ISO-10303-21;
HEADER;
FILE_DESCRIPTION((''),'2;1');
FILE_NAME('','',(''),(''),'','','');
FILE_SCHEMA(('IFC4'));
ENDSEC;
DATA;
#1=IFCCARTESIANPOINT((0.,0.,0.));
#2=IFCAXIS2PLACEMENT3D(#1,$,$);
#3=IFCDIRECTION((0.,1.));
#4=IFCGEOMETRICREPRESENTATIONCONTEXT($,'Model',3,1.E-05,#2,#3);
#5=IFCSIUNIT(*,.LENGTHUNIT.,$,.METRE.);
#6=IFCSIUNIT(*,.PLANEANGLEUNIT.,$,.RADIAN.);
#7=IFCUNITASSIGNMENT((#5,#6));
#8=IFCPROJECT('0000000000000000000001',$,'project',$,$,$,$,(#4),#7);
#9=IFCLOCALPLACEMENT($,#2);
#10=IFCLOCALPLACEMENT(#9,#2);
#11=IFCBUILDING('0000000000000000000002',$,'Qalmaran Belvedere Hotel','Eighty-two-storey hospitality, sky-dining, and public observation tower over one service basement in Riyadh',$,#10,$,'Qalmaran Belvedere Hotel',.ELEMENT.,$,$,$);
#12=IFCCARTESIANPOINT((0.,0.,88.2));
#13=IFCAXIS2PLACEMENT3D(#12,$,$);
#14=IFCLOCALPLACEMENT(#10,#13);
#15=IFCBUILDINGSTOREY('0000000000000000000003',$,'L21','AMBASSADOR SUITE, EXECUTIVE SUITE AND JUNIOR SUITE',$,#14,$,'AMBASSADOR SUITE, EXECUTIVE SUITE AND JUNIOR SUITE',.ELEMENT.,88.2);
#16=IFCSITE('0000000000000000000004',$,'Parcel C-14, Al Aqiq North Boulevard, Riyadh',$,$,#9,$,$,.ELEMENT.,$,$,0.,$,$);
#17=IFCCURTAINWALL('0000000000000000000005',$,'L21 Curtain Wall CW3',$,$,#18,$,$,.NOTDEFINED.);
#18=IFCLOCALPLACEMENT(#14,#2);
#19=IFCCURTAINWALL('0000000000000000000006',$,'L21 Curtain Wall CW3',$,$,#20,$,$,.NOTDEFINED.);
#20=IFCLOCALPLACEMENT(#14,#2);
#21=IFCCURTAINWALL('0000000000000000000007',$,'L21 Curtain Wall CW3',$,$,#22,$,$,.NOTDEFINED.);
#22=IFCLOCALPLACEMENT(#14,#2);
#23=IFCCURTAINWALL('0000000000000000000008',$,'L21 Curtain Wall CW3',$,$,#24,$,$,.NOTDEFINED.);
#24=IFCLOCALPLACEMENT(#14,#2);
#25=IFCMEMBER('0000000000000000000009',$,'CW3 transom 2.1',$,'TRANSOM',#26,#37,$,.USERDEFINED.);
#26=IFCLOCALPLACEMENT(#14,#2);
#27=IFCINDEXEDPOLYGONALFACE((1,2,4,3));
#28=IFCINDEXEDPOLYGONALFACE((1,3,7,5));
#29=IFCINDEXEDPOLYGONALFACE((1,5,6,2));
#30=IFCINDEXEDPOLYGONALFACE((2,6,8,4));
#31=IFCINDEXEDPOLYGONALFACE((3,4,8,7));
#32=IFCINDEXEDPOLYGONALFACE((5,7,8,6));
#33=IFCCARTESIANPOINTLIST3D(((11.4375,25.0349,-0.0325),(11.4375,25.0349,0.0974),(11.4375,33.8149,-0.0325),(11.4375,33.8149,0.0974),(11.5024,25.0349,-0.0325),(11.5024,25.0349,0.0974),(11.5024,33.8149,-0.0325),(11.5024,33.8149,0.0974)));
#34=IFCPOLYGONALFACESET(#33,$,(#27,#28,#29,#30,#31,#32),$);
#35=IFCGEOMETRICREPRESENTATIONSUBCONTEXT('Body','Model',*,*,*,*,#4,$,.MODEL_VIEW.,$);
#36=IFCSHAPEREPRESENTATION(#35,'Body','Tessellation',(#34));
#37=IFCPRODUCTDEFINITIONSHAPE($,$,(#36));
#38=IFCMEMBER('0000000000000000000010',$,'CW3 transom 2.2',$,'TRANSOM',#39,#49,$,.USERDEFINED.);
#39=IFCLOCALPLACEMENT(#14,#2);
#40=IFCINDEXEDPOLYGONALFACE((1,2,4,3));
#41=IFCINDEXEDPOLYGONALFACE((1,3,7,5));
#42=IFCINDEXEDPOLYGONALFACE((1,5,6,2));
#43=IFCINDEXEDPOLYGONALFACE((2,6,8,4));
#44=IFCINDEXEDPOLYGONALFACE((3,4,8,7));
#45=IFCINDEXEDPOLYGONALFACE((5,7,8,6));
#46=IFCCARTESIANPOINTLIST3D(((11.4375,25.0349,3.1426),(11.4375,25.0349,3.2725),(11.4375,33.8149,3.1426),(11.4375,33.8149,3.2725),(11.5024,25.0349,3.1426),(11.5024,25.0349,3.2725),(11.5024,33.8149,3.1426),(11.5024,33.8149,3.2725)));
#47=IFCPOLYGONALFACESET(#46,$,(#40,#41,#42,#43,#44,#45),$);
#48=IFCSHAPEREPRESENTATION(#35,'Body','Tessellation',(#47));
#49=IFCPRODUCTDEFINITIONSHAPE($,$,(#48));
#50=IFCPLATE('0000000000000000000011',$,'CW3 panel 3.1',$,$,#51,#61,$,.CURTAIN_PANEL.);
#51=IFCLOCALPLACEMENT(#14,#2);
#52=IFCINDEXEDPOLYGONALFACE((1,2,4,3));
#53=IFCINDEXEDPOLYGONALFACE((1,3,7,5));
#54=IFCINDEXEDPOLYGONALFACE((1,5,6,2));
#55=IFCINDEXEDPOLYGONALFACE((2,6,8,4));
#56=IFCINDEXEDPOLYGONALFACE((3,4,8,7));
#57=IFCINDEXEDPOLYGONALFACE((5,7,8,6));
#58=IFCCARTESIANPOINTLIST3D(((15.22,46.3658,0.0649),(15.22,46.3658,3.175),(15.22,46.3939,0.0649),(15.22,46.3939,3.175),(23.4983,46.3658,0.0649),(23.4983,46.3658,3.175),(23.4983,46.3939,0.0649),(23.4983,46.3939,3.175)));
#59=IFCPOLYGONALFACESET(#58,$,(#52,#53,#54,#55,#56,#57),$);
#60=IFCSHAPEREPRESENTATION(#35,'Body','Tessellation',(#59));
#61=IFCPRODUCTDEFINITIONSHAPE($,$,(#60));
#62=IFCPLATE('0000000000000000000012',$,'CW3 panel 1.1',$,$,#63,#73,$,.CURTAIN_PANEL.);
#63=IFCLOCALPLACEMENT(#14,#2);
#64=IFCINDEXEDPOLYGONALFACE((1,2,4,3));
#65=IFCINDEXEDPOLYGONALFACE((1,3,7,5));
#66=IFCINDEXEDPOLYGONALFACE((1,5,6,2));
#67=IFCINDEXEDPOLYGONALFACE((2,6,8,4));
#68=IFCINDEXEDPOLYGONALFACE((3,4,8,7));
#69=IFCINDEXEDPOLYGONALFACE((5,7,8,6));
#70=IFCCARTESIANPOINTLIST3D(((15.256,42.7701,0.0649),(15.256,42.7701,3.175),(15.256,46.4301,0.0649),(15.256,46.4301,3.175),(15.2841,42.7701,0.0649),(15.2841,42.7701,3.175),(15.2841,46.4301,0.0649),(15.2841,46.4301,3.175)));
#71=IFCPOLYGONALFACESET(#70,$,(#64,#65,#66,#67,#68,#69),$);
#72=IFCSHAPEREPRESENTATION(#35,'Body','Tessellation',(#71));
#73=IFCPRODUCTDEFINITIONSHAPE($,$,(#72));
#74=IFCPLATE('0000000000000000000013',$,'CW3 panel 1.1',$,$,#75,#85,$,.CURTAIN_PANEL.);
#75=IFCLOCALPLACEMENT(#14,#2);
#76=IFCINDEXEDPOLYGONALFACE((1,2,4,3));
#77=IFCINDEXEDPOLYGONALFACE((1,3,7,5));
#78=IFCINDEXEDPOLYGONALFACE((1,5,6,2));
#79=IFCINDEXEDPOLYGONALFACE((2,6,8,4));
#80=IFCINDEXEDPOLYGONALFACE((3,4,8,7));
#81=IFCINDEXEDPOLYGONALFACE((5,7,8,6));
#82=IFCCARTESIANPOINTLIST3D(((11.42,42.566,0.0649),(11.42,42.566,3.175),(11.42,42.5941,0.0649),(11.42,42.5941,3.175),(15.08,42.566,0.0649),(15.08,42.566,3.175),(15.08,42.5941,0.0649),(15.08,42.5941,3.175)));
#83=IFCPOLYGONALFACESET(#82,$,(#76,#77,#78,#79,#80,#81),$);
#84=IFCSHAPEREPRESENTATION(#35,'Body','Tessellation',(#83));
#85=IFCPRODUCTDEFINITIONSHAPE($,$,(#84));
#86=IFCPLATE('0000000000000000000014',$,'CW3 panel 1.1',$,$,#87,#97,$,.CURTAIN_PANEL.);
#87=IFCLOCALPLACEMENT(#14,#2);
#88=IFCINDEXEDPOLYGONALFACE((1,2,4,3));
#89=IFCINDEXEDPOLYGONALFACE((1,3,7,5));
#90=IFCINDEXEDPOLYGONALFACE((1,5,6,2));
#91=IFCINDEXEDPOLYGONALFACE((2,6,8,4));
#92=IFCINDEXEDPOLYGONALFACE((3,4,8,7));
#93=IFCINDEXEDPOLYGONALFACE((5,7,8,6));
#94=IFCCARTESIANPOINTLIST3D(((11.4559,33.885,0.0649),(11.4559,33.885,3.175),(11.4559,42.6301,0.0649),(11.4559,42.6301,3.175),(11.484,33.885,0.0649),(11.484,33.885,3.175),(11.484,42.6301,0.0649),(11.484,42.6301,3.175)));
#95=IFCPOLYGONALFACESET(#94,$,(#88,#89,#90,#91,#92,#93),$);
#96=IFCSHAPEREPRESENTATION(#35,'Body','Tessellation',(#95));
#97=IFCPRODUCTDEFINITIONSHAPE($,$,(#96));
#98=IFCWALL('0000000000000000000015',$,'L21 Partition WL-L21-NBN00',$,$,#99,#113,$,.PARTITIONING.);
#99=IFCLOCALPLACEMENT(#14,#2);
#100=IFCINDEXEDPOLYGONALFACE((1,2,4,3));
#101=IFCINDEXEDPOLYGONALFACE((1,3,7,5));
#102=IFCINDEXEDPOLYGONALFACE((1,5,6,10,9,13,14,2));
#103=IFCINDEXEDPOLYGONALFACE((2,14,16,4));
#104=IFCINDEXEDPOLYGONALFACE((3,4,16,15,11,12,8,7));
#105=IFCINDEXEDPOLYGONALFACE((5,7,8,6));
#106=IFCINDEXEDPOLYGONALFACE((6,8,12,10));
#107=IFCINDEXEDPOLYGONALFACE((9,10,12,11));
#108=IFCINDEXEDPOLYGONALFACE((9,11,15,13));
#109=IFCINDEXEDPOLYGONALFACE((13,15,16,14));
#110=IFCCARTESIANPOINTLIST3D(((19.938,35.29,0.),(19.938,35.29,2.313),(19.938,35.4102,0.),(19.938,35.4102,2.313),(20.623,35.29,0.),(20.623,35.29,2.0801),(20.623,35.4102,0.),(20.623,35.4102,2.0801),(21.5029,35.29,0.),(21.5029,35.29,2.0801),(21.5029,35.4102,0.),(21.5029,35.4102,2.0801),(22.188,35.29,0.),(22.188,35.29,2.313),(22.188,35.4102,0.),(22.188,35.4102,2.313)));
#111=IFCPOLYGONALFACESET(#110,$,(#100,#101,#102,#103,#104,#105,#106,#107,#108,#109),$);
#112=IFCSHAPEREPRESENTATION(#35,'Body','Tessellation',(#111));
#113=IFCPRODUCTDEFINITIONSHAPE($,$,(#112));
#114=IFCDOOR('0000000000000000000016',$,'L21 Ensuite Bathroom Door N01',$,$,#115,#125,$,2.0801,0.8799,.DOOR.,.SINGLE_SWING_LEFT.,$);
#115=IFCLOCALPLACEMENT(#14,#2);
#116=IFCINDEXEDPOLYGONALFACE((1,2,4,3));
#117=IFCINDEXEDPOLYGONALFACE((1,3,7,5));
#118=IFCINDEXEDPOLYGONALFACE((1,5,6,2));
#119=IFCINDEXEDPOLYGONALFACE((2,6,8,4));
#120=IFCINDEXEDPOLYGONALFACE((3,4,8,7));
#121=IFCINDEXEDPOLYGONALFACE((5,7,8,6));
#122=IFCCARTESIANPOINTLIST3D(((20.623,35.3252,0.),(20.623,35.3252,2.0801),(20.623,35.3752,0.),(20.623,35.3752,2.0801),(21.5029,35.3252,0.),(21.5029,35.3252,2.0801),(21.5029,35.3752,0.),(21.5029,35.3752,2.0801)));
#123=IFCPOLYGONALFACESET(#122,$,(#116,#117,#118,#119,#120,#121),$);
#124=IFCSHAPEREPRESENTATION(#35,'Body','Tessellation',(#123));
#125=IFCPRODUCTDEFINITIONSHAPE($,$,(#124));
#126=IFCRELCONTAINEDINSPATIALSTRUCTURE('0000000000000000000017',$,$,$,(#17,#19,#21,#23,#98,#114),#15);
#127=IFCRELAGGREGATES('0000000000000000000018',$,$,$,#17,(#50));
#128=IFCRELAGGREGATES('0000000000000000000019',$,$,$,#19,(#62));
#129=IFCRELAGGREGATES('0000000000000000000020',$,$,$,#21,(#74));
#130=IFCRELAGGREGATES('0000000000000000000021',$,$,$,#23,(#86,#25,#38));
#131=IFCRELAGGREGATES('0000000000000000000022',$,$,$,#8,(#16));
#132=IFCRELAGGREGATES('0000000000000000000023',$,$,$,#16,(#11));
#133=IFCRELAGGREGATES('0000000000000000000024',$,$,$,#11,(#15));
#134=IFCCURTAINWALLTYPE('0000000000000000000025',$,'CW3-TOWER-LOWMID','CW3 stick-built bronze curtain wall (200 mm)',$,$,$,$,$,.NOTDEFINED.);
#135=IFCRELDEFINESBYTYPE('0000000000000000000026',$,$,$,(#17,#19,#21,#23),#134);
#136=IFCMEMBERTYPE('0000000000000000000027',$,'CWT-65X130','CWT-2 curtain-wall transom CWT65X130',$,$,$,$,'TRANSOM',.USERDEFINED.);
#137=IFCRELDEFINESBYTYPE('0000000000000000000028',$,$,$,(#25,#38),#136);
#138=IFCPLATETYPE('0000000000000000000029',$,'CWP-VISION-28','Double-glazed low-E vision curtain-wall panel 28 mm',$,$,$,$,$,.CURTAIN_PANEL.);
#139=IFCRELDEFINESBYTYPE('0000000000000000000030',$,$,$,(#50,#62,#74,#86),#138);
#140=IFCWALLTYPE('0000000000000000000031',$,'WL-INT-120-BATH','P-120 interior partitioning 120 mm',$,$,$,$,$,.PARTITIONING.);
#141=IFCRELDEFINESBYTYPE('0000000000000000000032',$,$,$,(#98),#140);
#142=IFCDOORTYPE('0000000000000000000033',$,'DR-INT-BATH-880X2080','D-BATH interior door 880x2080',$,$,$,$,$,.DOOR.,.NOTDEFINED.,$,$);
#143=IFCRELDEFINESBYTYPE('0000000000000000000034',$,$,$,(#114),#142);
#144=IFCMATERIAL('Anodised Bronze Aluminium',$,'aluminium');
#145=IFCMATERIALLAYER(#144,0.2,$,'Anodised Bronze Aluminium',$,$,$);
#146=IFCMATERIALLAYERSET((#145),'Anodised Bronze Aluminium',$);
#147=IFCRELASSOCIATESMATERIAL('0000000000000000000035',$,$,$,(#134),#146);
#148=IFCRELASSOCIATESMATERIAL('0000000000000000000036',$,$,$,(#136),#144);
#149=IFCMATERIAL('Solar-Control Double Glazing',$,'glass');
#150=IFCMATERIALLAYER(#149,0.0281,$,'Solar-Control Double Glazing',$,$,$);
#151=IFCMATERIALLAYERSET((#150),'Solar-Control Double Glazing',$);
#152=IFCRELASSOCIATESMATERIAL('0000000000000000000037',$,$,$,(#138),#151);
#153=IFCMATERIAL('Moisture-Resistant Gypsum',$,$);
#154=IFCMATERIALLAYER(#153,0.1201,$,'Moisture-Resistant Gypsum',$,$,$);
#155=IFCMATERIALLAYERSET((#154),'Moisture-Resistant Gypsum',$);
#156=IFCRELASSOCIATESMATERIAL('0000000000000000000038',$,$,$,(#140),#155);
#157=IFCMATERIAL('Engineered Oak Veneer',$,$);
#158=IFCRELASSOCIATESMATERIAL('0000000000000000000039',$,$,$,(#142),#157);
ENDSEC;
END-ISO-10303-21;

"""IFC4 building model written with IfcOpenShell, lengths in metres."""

from ifc_helpers import new_model, si_unit, direction, frame, frame_2d, origin, origin_2d, place, context, subcontext, project, spatial, rectangle, extrude, material, layer, layer_set, material_profile, profile_set, type_object, element, fill, aggregate, save


model = new_model("IFC4")

# Units and contexts
model_context = context("Model", 3, precision=1e-05, world=origin(), true_north=direction((0.0, 1.0)))
body_context = subcontext(model_context, "Body", "Model", "MODEL_VIEW")
ifc_project = project(units=[si_unit("LENGTHUNIT", "METRE"), si_unit("PLANEANGLEUNIT", "RADIAN")], contexts=[model_context])

# Site, building, storey
site_placement = place(None, origin())
site = spatial("IfcSite", under=ifc_project, at=site_placement, Name="Parcel C-14, Al Aqiq North Boulevard, Riyadh", CompositionType="ELEMENT", RefElevation=0.0)
building_placement = place(site_placement, origin())
building = spatial("IfcBuilding", under=site, at=building_placement, Name="Qalmaran Belvedere Hotel", Description="Eighty-two-storey hospitality, sky-dining, and public observation tower over one service basement in Riyadh", LongName="Qalmaran Belvedere Hotel", CompositionType="ELEMENT")
storey_placement = place(building_placement, frame((0.0, 0.0, 88.2)))
storey = spatial("IfcBuildingStorey", under=building, at=storey_placement, Name="L21", Description="AMBASSADOR SUITE, EXECUTIVE SUITE AND JUNIOR SUITE", LongName="AMBASSADOR SUITE, EXECUTIVE SUITE AND JUNIOR SUITE", CompositionType="ELEMENT", Elevation=88.2)

# Curtain wall
ifc_material_1 = material(Name="Anodised Bronze Aluminium", Category="aluminium")
ifc_layer_1 = layer(ifc_material_1, 0.2, Name="Anodised Bronze Aluminium")
ifc_layer_set_1 = layer_set([ifc_layer_1], Name="Anodised Bronze Aluminium")
curtain_wall_type = type_object("IfcCurtainWallType", Name="CW3-TOWER-LOWMID", Description="CW3 stick-built bronze curtain wall (200 mm)", PredefinedType="NOTDEFINED", material=ifc_layer_set_1)
curtain_wall_1_placement = place(storey_placement, origin())
curtain_wall_1 = element("IfcCurtainWall", 1, at=curtain_wall_1_placement, inside=storey, type_object=curtain_wall_type, Name="L21 Curtain Wall CW3", PredefinedType="NOTDEFINED")

# Curtain walls
curtain_wall_2_placement = place(storey_placement, origin())
curtain_wall_2 = element("IfcCurtainWall", 2, at=curtain_wall_2_placement, inside=storey, type_object=curtain_wall_type, Name="L21 Curtain Wall CW3", PredefinedType="NOTDEFINED")
curtain_wall_3_placement = place(storey_placement, origin())
curtain_wall_3 = element("IfcCurtainWall", 3, at=curtain_wall_3_placement, inside=storey, type_object=curtain_wall_type, Name="L21 Curtain Wall CW3", PredefinedType="NOTDEFINED")
curtain_wall_4_placement = place(storey_placement, origin())
curtain_wall_4 = element("IfcCurtainWall", 4, at=curtain_wall_4_placement, inside=storey, type_object=curtain_wall_type, Name="L21 Curtain Wall CW3", PredefinedType="NOTDEFINED")

# Members
ifc_material_profile_1 = material_profile(ifc_material_1, rectangle(XDim=0.0649, YDim=0.1299, at=origin_2d()), Name="CWT65X130")
ifc_profile_set_1 = profile_set([ifc_material_profile_1], Name="Anodised Bronze Aluminium")
member_type_1 = type_object("IfcMemberType", Name="CWT-65X130", Description="CWT-2 curtain-wall transom CWT65X130", ElementType="TRANSOM", PredefinedType="USERDEFINED", material=ifc_profile_set_1)
member_1_placement = place(storey_placement, frame((11.47, 33.8149, 0.0325), z_axis=(0.0, -1.0, 0.0), x_axis=(1.0, 0.0, 0.0)))
member_1 = element("IfcMember", 5, at=member_1_placement, type_object=member_type_1, Name="CW3 transom 2.1", ObjectType="TRANSOM", PredefinedType="USERDEFINED", context=body_context, shape_type="SweptSolid", body=[
    extrude(rectangle(XDim=0.0649, YDim=0.1299, at=origin_2d()), origin(), (0.0, 0.0, 1.0), 8.78),
])
member_2_placement = place(storey_placement, frame((11.47, 33.8149, 3.2075), z_axis=(0.0, -1.0, 0.0), x_axis=(1.0, 0.0, 0.0)))
member_2 = element("IfcMember", 6, at=member_2_placement, type_object=member_type_1, Name="CW3 transom 2.2", ObjectType="TRANSOM", PredefinedType="USERDEFINED", context=body_context, shape_type="SweptSolid", body=[
    extrude(rectangle(XDim=0.0649, YDim=0.1299, at=origin_2d()), origin(), (0.0, 0.0, 1.0), 8.78),
])

# Plates
ifc_material_2 = material(Name="Solar-Control Double Glazing", Category="glass")
ifc_layer_2 = layer(ifc_material_2, 0.0281, Name="Solar-Control Double Glazing")
ifc_layer_set_2 = layer_set([ifc_layer_2], Name="Solar-Control Double Glazing")
plate_type = type_object("IfcPlateType", Name="CWP-VISION-28", Description="Double-glazed low-E vision curtain-wall panel 28 mm", PredefinedType="CURTAIN_PANEL", material=ifc_layer_set_2)
plate_1_placement = place(storey_placement, frame((19.3591, 46.3799, 0.0649), z_axis=(0.0, 0.0, 1.0), x_axis=(-1.0, 0.0, 0.0)))
plate_1 = element("IfcPlate", 7, at=plate_1_placement, type_object=plate_type, Name="CW3 panel 3.1", PredefinedType="CURTAIN_PANEL", context=body_context, shape_type="SweptSolid", body=[
    extrude(rectangle(XDim=8.2783, YDim=0.0281, at=origin_2d()), origin(), (0.0, 0.0, 1.0), 3.1101),
])
aggregate(curtain_wall_1, [plate_1])
plate_2_placement = place(storey_placement, frame((15.27, 44.6001, 0.0649), z_axis=(0.0, 0.0, 1.0), x_axis=(0.0, -1.0, 0.0)))
plate_2 = element("IfcPlate", 8, at=plate_2_placement, type_object=plate_type, Name="CW3 panel 1.1", PredefinedType="CURTAIN_PANEL", context=body_context, shape_type="SweptSolid", body=[
    extrude(rectangle(XDim=3.6599, YDim=0.0281, at=origin_2d()), origin(), (0.0, 0.0, 1.0), 3.1101),
])
aggregate(curtain_wall_2, [plate_2])
plate_3_placement = place(storey_placement, frame((13.25, 42.5801, 0.0649), z_axis=(0.0, 0.0, 1.0), x_axis=(-1.0, 0.0, 0.0)))
plate_3 = element("IfcPlate", 9, at=plate_3_placement, type_object=plate_type, Name="CW3 panel 1.1", PredefinedType="CURTAIN_PANEL", context=body_context, shape_type="SweptSolid", body=[
    extrude(rectangle(XDim=3.6599, YDim=0.0281, at=origin_2d()), origin(), (0.0, 0.0, 1.0), 3.1101),
])
aggregate(curtain_wall_3, [plate_3])
plate_4_placement = place(storey_placement, frame((11.47, 38.2576, 0.0649), z_axis=(0.0, 0.0, 1.0), x_axis=(0.0, -1.0, 0.0)))
plate_4 = element("IfcPlate", 10, at=plate_4_placement, type_object=plate_type, Name="CW3 panel 1.1", PredefinedType="CURTAIN_PANEL", context=body_context, shape_type="SweptSolid", body=[
    extrude(rectangle(XDim=8.7451, YDim=0.0281, at=origin_2d()), origin(), (0.0, 0.0, 1.0), 3.1101),
])
aggregate(curtain_wall_4, [plate_4, member_1, member_2])

# Wall, opening, door
ifc_material_3 = material(Name="Moisture-Resistant Gypsum")
ifc_layer_3 = layer(ifc_material_3, 0.1201, Name="Moisture-Resistant Gypsum")
ifc_layer_set_3 = layer_set([ifc_layer_3], Name="Moisture-Resistant Gypsum")
wall_type = type_object("IfcWallType", Name="WL-INT-120-BATH", Description="P-120 interior partitioning 120 mm", PredefinedType="PARTITIONING", material=ifc_layer_set_3)
wall_placement = place(storey_placement, frame((19.938, 35.3501, 0.0), z_axis=(0.0, 0.0, 1.0), x_axis=(1.0, 0.0, 0.0)))
wall = element("IfcWall", 11, at=wall_placement, inside=storey, type_object=wall_type, Name="L21 Partition WL-L21-NBN00", PredefinedType="PARTITIONING", context=body_context, shape_type="SweptSolid", body=[
    extrude(rectangle(XDim=2.25, YDim=0.1201, at=frame_2d((1.125, 0.0))), origin(), (0.0, 0.0, 1.0), 2.313),
])
opening_placement = place(wall_placement, frame((1.5649, 0.0, 0.0), z_axis=(0.0, 0.0, 1.0), x_axis=(-1.0, 0.0, 0.0)))
opening = element("IfcOpeningElement", 12, at=opening_placement, cuts=wall, PredefinedType="OPENING", context=body_context, shape_type="SweptSolid", body=[
    extrude(rectangle(XDim=0.8799, YDim=2.0801, at=frame_2d((0.4399, 1.04))), frame((0.0, 0.0701, 0.0), z_axis=(0.0, -1.0, 0.0), x_axis=(1.0, 0.0, 0.0)), (0.0, 0.0, 1.0), 0.1401),
])
ifc_material_4 = material(Name="Engineered Oak Veneer")
door_type = type_object("IfcDoorType", Name="DR-INT-BATH-880X2080", Description="D-BATH interior door 880x2080", OperationType="NOTDEFINED", PredefinedType="DOOR", material=ifc_material_4)
door_placement = place(opening_placement, origin())
door = element("IfcDoor", 13, at=door_placement, inside=storey, type_object=door_type, Name="L21 Ensuite Bathroom Door N01", OperationType="SINGLE_SWING_LEFT", OverallHeight=2.0801, OverallWidth=0.8799, PredefinedType="DOOR", context=body_context, shape_type="SweptSolid", body=[
    extrude(rectangle(XDim=0.8799, YDim=2.0801, at=frame_2d((0.4399, 1.04))), frame((0.0, 0.0249, 0.0), z_axis=(0.0, -1.0, 0.0), x_axis=(1.0, 0.0, 0.0)), (0.0, 0.0, 1.0), 0.05),
])
fill(opening, door)

save(model, "model.ifc")
